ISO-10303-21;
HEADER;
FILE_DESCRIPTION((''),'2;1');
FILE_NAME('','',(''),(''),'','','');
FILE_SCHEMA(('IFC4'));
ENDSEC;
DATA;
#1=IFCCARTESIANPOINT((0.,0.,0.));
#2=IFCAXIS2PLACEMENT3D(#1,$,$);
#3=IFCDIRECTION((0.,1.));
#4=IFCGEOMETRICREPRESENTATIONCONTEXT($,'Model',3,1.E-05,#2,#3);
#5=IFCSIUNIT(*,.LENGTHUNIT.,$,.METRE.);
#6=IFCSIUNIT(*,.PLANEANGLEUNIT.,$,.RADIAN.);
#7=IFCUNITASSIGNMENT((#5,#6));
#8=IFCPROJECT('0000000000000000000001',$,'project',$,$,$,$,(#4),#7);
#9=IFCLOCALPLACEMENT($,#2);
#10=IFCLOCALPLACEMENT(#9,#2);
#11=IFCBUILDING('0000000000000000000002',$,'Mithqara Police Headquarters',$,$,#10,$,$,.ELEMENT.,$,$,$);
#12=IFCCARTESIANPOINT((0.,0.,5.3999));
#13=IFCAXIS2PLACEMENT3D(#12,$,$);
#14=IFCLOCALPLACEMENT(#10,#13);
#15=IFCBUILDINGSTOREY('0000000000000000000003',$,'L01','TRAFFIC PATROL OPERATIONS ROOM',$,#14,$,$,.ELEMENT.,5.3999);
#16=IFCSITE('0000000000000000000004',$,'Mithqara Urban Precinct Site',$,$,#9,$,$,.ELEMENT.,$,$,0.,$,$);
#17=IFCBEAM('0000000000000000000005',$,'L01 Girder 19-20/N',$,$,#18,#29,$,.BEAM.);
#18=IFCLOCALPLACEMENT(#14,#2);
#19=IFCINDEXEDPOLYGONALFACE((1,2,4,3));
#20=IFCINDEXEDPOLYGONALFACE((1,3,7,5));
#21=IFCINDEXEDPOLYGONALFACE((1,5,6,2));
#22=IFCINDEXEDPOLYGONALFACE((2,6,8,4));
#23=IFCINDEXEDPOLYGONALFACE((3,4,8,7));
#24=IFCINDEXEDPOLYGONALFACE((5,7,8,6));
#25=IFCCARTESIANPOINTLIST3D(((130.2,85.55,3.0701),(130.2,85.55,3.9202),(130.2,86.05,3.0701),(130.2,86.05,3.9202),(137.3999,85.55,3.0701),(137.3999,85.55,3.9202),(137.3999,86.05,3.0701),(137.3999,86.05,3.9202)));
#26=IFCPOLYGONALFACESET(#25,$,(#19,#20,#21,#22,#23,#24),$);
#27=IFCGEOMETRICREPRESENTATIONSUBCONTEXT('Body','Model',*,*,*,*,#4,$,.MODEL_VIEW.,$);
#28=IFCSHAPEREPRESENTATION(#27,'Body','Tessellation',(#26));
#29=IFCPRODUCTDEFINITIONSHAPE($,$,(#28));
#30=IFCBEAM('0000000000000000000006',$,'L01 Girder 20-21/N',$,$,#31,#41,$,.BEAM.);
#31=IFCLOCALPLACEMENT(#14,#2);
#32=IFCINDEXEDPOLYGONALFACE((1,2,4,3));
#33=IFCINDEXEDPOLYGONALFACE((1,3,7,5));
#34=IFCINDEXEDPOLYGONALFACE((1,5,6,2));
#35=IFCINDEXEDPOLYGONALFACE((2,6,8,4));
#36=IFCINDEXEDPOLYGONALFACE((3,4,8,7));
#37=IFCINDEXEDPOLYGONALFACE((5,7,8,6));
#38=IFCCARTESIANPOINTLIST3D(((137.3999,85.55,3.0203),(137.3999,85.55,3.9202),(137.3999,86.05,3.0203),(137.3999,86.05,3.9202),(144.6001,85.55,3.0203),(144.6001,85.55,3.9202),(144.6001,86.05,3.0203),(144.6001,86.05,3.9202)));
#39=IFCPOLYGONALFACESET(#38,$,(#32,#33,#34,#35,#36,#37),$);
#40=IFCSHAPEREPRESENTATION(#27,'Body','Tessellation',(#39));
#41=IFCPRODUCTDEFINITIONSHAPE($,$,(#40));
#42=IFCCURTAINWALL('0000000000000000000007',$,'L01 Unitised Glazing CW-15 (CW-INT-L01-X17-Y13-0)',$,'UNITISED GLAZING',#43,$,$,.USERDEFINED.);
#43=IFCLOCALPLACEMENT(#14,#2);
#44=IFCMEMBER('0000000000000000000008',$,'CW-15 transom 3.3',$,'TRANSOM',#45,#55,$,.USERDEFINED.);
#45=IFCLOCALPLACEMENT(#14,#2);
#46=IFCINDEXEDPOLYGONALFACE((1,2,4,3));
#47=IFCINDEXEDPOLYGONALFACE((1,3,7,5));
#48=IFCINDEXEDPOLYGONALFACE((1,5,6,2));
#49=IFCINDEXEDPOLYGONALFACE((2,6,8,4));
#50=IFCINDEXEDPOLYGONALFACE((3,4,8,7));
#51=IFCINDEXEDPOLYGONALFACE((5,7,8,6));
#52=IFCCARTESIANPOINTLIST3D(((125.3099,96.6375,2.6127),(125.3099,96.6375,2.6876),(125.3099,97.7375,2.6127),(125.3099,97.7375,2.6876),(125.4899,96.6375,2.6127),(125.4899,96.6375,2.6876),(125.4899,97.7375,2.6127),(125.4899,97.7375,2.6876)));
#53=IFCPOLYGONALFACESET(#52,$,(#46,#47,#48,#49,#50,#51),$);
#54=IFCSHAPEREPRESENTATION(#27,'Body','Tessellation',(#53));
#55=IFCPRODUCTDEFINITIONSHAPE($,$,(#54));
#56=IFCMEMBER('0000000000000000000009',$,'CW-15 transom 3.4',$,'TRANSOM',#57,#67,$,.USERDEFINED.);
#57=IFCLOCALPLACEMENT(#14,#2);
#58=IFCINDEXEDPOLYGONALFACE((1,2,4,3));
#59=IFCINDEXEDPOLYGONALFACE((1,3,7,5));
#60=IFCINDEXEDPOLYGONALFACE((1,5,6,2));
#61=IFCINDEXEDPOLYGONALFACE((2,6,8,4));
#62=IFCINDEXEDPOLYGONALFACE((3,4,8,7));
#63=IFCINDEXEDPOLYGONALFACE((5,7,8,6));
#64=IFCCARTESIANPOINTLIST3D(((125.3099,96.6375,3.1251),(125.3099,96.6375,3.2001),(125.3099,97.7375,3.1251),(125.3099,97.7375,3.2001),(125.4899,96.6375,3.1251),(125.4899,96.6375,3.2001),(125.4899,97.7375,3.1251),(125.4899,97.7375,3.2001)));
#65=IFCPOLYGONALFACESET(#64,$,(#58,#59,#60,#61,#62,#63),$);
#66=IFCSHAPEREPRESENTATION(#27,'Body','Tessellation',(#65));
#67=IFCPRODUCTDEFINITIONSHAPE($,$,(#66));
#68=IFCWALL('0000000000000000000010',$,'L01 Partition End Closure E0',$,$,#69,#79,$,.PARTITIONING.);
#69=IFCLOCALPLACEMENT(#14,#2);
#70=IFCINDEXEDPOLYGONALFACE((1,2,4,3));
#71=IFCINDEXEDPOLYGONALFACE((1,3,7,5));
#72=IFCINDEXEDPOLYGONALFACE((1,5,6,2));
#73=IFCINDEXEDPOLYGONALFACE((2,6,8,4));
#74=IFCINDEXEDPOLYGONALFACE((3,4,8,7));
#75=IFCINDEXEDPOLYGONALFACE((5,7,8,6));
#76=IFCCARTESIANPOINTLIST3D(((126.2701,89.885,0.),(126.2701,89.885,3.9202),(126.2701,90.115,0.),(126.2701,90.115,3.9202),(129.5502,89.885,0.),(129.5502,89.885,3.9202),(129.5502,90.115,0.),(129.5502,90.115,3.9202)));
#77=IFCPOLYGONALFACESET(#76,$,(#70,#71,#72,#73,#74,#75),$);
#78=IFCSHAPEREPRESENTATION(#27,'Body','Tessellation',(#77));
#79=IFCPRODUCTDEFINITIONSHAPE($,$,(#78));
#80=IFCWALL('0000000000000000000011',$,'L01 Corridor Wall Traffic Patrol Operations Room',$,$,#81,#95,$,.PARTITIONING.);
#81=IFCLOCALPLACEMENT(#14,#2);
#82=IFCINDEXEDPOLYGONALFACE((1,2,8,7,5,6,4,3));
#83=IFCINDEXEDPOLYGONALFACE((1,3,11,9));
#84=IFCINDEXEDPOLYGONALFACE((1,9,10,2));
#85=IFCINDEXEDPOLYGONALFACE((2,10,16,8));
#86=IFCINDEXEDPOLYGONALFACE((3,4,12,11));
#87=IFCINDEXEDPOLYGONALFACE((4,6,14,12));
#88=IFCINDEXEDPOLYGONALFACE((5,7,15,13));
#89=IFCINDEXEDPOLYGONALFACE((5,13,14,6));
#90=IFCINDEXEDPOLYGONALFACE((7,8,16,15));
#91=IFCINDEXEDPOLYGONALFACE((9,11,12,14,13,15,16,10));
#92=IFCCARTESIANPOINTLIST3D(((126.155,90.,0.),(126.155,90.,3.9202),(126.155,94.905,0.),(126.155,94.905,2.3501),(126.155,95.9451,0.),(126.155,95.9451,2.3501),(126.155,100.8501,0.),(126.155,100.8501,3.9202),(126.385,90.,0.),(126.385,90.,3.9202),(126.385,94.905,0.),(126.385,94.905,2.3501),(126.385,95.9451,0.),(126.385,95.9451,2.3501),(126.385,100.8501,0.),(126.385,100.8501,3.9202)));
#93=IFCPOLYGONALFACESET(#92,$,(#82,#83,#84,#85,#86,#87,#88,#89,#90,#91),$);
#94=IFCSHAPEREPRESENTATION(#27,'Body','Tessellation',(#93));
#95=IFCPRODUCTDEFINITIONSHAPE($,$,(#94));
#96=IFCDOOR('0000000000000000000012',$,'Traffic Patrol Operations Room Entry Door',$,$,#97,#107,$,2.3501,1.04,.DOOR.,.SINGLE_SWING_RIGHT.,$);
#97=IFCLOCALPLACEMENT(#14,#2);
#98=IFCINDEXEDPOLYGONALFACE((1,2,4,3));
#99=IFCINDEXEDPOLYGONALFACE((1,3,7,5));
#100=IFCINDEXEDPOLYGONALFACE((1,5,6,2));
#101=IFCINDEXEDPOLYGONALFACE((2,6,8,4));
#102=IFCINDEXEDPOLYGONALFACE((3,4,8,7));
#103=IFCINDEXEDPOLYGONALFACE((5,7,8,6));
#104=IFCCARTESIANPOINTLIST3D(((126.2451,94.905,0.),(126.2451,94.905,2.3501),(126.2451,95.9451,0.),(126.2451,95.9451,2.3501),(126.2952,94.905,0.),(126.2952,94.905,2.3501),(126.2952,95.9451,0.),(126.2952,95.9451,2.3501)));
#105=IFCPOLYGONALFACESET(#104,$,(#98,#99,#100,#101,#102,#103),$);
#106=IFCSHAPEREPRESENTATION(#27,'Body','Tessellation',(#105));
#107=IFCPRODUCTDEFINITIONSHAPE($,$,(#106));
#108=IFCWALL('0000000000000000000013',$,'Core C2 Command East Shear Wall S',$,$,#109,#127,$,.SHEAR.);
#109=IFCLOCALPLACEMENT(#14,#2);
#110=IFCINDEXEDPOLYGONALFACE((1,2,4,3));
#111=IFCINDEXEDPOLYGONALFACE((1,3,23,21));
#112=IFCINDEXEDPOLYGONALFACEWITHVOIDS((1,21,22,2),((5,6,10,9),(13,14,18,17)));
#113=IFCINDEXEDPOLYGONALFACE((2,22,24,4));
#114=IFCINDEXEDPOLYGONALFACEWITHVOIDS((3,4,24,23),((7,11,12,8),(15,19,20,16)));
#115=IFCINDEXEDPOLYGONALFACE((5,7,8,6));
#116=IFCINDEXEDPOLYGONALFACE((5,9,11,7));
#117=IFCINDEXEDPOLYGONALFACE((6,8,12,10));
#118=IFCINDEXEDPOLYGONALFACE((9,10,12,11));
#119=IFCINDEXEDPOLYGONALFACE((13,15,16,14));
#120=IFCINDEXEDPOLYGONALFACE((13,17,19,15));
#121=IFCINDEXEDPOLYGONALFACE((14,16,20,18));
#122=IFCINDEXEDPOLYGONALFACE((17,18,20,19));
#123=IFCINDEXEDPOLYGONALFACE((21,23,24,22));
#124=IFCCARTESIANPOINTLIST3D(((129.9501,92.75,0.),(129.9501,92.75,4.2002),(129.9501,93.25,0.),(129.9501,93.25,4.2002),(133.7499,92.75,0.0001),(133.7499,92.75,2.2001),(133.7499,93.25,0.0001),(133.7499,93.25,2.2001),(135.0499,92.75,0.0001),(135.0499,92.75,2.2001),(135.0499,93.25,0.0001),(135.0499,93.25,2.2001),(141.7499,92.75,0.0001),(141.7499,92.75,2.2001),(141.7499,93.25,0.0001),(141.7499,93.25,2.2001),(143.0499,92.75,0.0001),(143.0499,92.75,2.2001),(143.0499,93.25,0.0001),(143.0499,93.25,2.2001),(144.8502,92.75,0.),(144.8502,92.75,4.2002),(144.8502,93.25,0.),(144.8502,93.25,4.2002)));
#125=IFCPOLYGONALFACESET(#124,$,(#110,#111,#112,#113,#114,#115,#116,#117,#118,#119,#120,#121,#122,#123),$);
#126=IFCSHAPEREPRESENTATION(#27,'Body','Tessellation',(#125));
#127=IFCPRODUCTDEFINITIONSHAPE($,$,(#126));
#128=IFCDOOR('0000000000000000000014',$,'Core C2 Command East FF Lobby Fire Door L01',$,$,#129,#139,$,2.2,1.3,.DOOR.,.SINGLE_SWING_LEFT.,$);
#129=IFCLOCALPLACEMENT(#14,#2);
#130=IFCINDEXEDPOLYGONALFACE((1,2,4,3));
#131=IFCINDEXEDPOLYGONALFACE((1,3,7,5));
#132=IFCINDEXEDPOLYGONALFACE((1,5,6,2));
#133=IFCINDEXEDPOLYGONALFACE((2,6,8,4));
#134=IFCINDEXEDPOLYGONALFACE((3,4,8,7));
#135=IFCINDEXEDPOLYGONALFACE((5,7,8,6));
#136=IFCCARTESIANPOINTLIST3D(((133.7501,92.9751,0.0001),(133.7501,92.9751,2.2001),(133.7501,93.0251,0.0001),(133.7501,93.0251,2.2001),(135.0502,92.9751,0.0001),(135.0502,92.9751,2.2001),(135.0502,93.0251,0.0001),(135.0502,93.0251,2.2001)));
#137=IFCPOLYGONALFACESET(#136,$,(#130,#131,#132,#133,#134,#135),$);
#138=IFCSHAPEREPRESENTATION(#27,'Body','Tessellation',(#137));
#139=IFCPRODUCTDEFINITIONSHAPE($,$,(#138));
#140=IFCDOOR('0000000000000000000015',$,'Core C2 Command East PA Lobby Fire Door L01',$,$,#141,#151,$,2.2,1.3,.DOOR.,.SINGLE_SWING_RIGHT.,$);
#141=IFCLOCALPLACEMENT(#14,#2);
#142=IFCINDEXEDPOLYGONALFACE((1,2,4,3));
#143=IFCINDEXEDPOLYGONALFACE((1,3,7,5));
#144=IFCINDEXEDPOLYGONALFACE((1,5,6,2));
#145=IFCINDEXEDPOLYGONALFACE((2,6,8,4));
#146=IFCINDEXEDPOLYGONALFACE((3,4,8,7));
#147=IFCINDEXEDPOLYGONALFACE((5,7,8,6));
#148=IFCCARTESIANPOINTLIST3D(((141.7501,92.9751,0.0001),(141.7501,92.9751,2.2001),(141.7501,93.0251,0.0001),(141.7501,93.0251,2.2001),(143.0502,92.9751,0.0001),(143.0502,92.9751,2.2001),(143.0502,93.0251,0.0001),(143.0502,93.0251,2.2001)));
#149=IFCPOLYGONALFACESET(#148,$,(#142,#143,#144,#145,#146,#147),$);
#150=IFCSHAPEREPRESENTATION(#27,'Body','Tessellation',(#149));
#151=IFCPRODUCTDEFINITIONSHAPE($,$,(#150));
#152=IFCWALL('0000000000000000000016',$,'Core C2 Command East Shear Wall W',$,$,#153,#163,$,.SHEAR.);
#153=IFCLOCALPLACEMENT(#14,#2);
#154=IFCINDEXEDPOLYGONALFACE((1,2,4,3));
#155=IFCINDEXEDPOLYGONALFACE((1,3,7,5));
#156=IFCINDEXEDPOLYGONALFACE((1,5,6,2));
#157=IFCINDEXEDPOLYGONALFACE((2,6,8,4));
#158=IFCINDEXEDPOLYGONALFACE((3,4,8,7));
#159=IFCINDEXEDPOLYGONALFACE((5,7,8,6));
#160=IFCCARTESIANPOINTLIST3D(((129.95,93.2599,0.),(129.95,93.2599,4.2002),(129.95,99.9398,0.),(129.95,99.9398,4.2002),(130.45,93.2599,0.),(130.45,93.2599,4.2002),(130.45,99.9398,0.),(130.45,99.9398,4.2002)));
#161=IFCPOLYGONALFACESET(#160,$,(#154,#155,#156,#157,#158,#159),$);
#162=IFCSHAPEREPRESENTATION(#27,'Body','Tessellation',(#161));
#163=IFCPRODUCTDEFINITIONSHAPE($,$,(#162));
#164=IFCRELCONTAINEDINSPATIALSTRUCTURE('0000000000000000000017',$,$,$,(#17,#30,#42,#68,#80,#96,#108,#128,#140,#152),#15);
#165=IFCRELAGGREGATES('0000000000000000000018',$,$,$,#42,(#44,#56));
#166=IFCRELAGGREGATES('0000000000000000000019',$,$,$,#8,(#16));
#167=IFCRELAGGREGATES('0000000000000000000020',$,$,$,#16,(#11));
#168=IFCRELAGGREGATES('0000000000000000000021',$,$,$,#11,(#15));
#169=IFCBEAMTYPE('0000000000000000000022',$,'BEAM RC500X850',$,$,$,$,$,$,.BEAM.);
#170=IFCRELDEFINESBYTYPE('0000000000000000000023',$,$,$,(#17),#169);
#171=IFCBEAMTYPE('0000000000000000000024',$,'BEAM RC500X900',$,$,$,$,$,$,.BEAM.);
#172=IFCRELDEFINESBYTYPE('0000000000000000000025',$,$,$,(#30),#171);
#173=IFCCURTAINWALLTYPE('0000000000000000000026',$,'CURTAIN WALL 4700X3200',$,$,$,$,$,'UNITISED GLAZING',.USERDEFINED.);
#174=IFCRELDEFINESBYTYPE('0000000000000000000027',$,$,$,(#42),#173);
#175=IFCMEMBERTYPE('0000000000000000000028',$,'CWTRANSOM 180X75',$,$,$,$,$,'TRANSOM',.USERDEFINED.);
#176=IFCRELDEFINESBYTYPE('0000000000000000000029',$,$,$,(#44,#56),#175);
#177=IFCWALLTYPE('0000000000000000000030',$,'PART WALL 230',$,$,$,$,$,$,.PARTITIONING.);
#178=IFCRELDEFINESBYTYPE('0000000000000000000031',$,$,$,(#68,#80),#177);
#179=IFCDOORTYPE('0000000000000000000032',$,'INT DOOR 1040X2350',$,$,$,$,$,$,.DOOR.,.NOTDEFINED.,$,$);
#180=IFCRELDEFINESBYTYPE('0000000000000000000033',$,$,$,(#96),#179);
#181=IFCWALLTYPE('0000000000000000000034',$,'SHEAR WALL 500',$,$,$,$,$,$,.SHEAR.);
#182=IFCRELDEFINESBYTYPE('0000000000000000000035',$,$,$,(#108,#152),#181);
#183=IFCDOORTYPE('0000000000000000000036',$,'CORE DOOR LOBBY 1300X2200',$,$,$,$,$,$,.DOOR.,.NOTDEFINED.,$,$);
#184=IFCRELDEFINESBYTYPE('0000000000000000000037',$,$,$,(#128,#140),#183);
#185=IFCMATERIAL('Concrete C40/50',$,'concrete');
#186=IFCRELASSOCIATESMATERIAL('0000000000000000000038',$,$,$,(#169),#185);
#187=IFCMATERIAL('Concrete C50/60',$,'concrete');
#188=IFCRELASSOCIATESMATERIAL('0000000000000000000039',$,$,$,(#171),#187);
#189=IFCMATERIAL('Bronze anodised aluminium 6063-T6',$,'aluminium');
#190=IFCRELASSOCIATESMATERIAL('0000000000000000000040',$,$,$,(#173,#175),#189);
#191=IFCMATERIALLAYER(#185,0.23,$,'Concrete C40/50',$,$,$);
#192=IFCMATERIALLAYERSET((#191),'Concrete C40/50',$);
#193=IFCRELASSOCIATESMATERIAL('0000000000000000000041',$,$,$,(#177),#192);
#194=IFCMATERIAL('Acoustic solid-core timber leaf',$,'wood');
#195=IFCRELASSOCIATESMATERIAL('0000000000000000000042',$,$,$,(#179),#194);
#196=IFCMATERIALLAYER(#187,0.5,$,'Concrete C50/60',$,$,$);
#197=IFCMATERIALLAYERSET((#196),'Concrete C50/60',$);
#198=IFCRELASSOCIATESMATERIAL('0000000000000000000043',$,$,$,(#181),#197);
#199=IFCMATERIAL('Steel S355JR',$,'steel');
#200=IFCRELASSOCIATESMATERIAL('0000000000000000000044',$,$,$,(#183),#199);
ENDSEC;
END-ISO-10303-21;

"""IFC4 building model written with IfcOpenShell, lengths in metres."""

from ifc_helpers import new_model, si_unit, direction, frame, frame_2d, origin, origin_2d, place, context, subcontext, project, spatial, rectangle, extrude, material, layer, layer_set, material_profile, profile_set, type_object, element, fill, aggregate, save


model = new_model("IFC4")

# Units and contexts
model_context = context("Model", 3, precision=1e-05, world=origin(), true_north=direction((0.0, 1.0)))
body_context = subcontext(model_context, "Body", "Model", "MODEL_VIEW")
ifc_project = project(units=[si_unit("LENGTHUNIT", "METRE"), si_unit("PLANEANGLEUNIT", "RADIAN")], contexts=[model_context])

# Site, building, storey
site_placement = place(None, origin())
site = spatial("IfcSite", under=ifc_project, at=site_placement, Name="Mithqara Urban Precinct Site", CompositionType="ELEMENT", RefElevation=0.0)
building_placement = place(site_placement, origin())
building = spatial("IfcBuilding", under=site, at=building_placement, Name="Mithqara Police Headquarters", CompositionType="ELEMENT")
storey_placement = place(building_placement, frame((0.0, 0.0, 5.3999)))
storey = spatial("IfcBuildingStorey", under=building, at=storey_placement, Name="L01", Description="TRAFFIC PATROL OPERATIONS ROOM", CompositionType="ELEMENT", Elevation=5.3999)

# Shared definitions
ifc_material_1 = material(Name="Concrete C50/60", Category="concrete")

# Beams
ifc_material_2 = material(Name="Steel S355JR", Category="steel")
ifc_material_3 = material(Name="Concrete C40/50", Category="concrete")
ifc_material_profile_1 = material_profile(ifc_material_3, rectangle(XDim=0.5, YDim=0.8501, at=origin_2d()), Name="RC 500x850")
ifc_profile_set_1 = profile_set([ifc_material_profile_1], Name="Concrete C40/50")
beam_type_1 = type_object("IfcBeamType", Name="BEAM RC500X850", PredefinedType="BEAM", material=ifc_profile_set_1)
beam_1_placement = place(storey_placement, frame((130.2, 85.8, 3.4951), z_axis=(1.0, 0.0, 0.0), x_axis=(0.0, 1.0, 0.0)))
element("IfcBeam", 1, at=beam_1_placement, inside=storey, type_object=beam_type_1, Name="L01 Girder 19-20/N", PredefinedType="BEAM", context=body_context, shape_type="SweptSolid", body=[
    extrude(rectangle(XDim=0.5, YDim=0.8501, at=origin_2d()), origin(), (0.0, 0.0, 1.0), 7.2),
])
ifc_material_profile_2 = material_profile(ifc_material_1, rectangle(XDim=0.5, YDim=0.8999, at=origin_2d()), Name="RC 500x900")
ifc_profile_set_2 = profile_set([ifc_material_profile_2], Name="Concrete C50/60")
beam_type_2 = type_object("IfcBeamType", Name="BEAM RC500X900", PredefinedType="BEAM", material=ifc_profile_set_2)
beam_2_placement = place(storey_placement, frame((137.3999, 85.8, 3.4702), z_axis=(1.0, 0.0, 0.0), x_axis=(0.0, 1.0, 0.0)))
element("IfcBeam", 2, at=beam_2_placement, inside=storey, type_object=beam_type_2, Name="L01 Girder 20-21/N", PredefinedType="BEAM", context=body_context, shape_type="SweptSolid", body=[
    extrude(rectangle(XDim=0.5, YDim=0.8999, at=origin_2d()), origin(), (0.0, 0.0, 1.0), 7.2002),
])

# Curtain wall, members
ifc_material_4 = material(Name="Bronze anodised aluminium 6063-T6", Category="aluminium")
curtain_wall_type = type_object("IfcCurtainWallType", Name="CURTAIN WALL 4700X3200", ElementType="UNITISED GLAZING", PredefinedType="USERDEFINED", material=ifc_material_4)
curtain_wall_placement = place(storey_placement, origin())
curtain_wall = element("IfcCurtainWall", 3, at=curtain_wall_placement, inside=storey, type_object=curtain_wall_type, Name="L01 Unitised Glazing CW-15 (CW-INT-L01-X17-Y13-0)", ObjectType="UNITISED GLAZING", PredefinedType="USERDEFINED")
ifc_material_profile_3 = material_profile(ifc_material_4, rectangle(XDim=0.1799, YDim=0.075, at=origin_2d()), Name="CWT 180x75")
ifc_profile_set_3 = profile_set([ifc_material_profile_3], Name="Bronze anodised aluminium 6063-T6")
member_type = type_object("IfcMemberType", Name="CWTRANSOM 180X75", ElementType="TRANSOM", PredefinedType="USERDEFINED", material=ifc_profile_set_3)
member_1_placement = place(storey_placement, frame((125.3999, 96.6375, 2.6501), z_axis=(0.0, 1.0, 0.0), x_axis=(-1.0, 0.0, 0.0)))
member_1 = element("IfcMember", 4, at=member_1_placement, type_object=member_type, Name="CW-15 transom 3.3", ObjectType="TRANSOM", PredefinedType="USERDEFINED", context=body_context, shape_type="SweptSolid", body=[
    extrude(rectangle(XDim=0.1799, YDim=0.075, at=origin_2d()), origin(), (0.0, 0.0, 1.0), 1.1001),
])
member_2_placement = place(storey_placement, frame((125.3999, 96.6375, 3.1626), z_axis=(0.0, 1.0, 0.0), x_axis=(-1.0, 0.0, 0.0)))
member_2 = element("IfcMember", 5, at=member_2_placement, type_object=member_type, Name="CW-15 transom 3.4", ObjectType="TRANSOM", PredefinedType="USERDEFINED", context=body_context, shape_type="SweptSolid", body=[
    extrude(rectangle(XDim=0.1799, YDim=0.075, at=origin_2d()), origin(), (0.0, 0.0, 1.0), 1.1001),
])
aggregate(curtain_wall, [member_1, member_2])

# Wall
ifc_layer_1 = layer(ifc_material_3, 0.23, Name="Concrete C40/50")
ifc_layer_set_1 = layer_set([ifc_layer_1], Name="Concrete C40/50")
wall_type_1 = type_object("IfcWallType", Name="PART WALL 230", PredefinedType="PARTITIONING", material=ifc_layer_set_1)
wall_1_placement = place(storey_placement, frame((126.27, 90.0, 0.0), z_axis=(0.0, 0.0, 1.0), x_axis=(1.0, 0.0, 0.0)))
element("IfcWall", 6, at=wall_1_placement, inside=storey, type_object=wall_type_1, Name="L01 Partition End Closure E0", PredefinedType="PARTITIONING", context=body_context, shape_type="SweptSolid", body=[
    extrude(rectangle(XDim=3.28, YDim=0.23, at=frame_2d((1.6401, 0.0))), origin(), (0.0, 0.0, 1.0), 3.9202),
])

# Wall, opening, door
wall_2_placement = place(storey_placement, frame((126.27, 90.0, 0.0), z_axis=(0.0, 0.0, 1.0), x_axis=(0.0, 1.0, 0.0)))
wall_2 = element("IfcWall", 7, at=wall_2_placement, inside=storey, type_object=wall_type_1, Name="L01 Corridor Wall Traffic Patrol Operations Room", PredefinedType="PARTITIONING", context=body_context, shape_type="SweptSolid", body=[
    extrude(rectangle(XDim=10.8501, YDim=0.23, at=frame_2d((5.425, 0.0))), origin(), (0.0, 0.0, 1.0), 3.9202),
])
opening_1_placement = place(wall_2_placement, frame((4.905, 0.0, 0.0)))
opening_1 = element("IfcOpeningElement", 8, at=opening_1_placement, cuts=wall_2, PredefinedType="OPENING", context=body_context, shape_type="SweptSolid", body=[
    extrude(rectangle(XDim=1.04, YDim=2.3501, at=frame_2d((0.52, 1.175))), frame((0.0, 0.125, 0.0), z_axis=(0.0, -1.0, 0.0), x_axis=(1.0, 0.0, 0.0)), (0.0, 0.0, 1.0), 0.25),
])
ifc_material_5 = material(Name="Acoustic solid-core timber leaf", Category="wood")
door_type_1 = type_object("IfcDoorType", Name="INT DOOR 1040X2350", OperationType="NOTDEFINED", PredefinedType="DOOR", material=ifc_material_5)
door_1_placement = place(opening_1_placement, origin())
door_1 = element("IfcDoor", 9, at=door_1_placement, inside=storey, type_object=door_type_1, Name="Traffic Patrol Operations Room Entry Door", OperationType="SINGLE_SWING_RIGHT", OverallHeight=2.3501, OverallWidth=1.04, PredefinedType="DOOR", context=body_context, shape_type="SweptSolid", body=[
    extrude(rectangle(XDim=1.04, YDim=2.3501, at=frame_2d((0.52, 1.175))), frame((0.0, 0.0249, 0.0), z_axis=(0.0, -1.0, 0.0), x_axis=(1.0, 0.0, 0.0)), (0.0, 0.0, 1.0), 0.05),
])
fill(opening_1, door_1)

# Wall, openings, doors
ifc_layer_2 = layer(ifc_material_1, 0.5, Name="Concrete C50/60")
ifc_layer_set_2 = layer_set([ifc_layer_2], Name="Concrete C50/60")
wall_type_2 = type_object("IfcWallType", Name="SHEAR WALL 500", PredefinedType="SHEAR", material=ifc_layer_set_2)
wall_3_placement = place(storey_placement, frame((129.95, 93.0, 0.0), z_axis=(0.0, 0.0, 1.0), x_axis=(1.0, 0.0, 0.0)))
wall_3 = element("IfcWall", 10, at=wall_3_placement, inside=storey, type_object=wall_type_2, Name="Core C2 Command East Shear Wall S", PredefinedType="SHEAR", context=body_context, shape_type="SweptSolid", body=[
    extrude(rectangle(XDim=14.9001, YDim=0.5, at=frame_2d((7.4502, 0.0))), origin(), (0.0, 0.0, 1.0), 4.2002),
])
opening_2_placement = place(wall_3_placement, frame((3.8, 0.0, 0.0)))
opening_2 = element("IfcOpeningElement", 11, at=opening_2_placement, cuts=wall_3, PredefinedType="OPENING", context=body_context, shape_type="SweptSolid", body=[
    extrude(rectangle(XDim=1.3, YDim=2.2, at=frame_2d((0.6499, 1.1001))), frame((0.0, 0.26, 0.0), z_axis=(0.0, -1.0, 0.0), x_axis=(1.0, 0.0, 0.0)), (0.0, 0.0, 1.0), 0.52),
])
opening_3_placement = place(wall_3_placement, frame((11.8, 0.0, 0.0)))
opening_3 = element("IfcOpeningElement", 12, at=opening_3_placement, cuts=wall_3, PredefinedType="OPENING", context=body_context, shape_type="SweptSolid", body=[
    extrude(rectangle(XDim=1.3, YDim=2.2, at=frame_2d((0.6499, 1.1001))), frame((0.0, 0.26, 0.0), z_axis=(0.0, -1.0, 0.0), x_axis=(1.0, 0.0, 0.0)), (0.0, 0.0, 1.0), 0.52),
])
door_type_2 = type_object("IfcDoorType", Name="CORE DOOR LOBBY 1300X2200", OperationType="NOTDEFINED", PredefinedType="DOOR", material=ifc_material_2)
door_2_placement = place(opening_2_placement, frame((1.3, 0.0, 0.0), z_axis=(0.0, 0.0, 1.0), x_axis=(-1.0, 0.0, 0.0)))
door_2 = element("IfcDoor", 13, at=door_2_placement, inside=storey, type_object=door_type_2, Name="Core C2 Command East FF Lobby Fire Door L01", OperationType="SINGLE_SWING_LEFT", OverallHeight=2.2, OverallWidth=1.3, PredefinedType="DOOR", context=body_context, shape_type="SweptSolid", body=[
    extrude(rectangle(XDim=1.3, YDim=2.2, at=frame_2d((0.6499, 1.1001))), frame((0.0, 0.0249, 0.0), z_axis=(0.0, -1.0, 0.0), x_axis=(1.0, 0.0, 0.0)), (0.0, 0.0, 1.0), 0.05),
])
fill(opening_2, door_2)
door_3_placement = place(opening_3_placement, frame((1.3, 0.0, 0.0), z_axis=(0.0, 0.0, 1.0), x_axis=(-1.0, 0.0, 0.0)))
door_3 = element("IfcDoor", 14, at=door_3_placement, inside=storey, type_object=door_type_2, Name="Core C2 Command East PA Lobby Fire Door L01", OperationType="SINGLE_SWING_RIGHT", OverallHeight=2.2, OverallWidth=1.3, PredefinedType="DOOR", context=body_context, shape_type="SweptSolid", body=[
    extrude(rectangle(XDim=1.3, YDim=2.2, at=frame_2d((0.6499, 1.1001))), frame((0.0, 0.0249, 0.0), z_axis=(0.0, -1.0, 0.0), x_axis=(1.0, 0.0, 0.0)), (0.0, 0.0, 1.0), 0.05),
])
fill(opening_3, door_3)

# Wall
wall_4_placement = place(storey_placement, frame((130.2, 93.26, 0.0), z_axis=(0.0, 0.0, 1.0), x_axis=(0.0, 1.0, 0.0)))
element("IfcWall", 15, at=wall_4_placement, inside=storey, type_object=wall_type_2, Name="Core C2 Command East Shear Wall W", PredefinedType="SHEAR", context=body_context, shape_type="SweptSolid", body=[
    extrude(rectangle(XDim=6.6799, YDim=0.5, at=frame_2d((3.3398, 0.0))), origin(), (0.0, 0.0, 1.0), 4.2002),
])

save(model, "model.ifc")
